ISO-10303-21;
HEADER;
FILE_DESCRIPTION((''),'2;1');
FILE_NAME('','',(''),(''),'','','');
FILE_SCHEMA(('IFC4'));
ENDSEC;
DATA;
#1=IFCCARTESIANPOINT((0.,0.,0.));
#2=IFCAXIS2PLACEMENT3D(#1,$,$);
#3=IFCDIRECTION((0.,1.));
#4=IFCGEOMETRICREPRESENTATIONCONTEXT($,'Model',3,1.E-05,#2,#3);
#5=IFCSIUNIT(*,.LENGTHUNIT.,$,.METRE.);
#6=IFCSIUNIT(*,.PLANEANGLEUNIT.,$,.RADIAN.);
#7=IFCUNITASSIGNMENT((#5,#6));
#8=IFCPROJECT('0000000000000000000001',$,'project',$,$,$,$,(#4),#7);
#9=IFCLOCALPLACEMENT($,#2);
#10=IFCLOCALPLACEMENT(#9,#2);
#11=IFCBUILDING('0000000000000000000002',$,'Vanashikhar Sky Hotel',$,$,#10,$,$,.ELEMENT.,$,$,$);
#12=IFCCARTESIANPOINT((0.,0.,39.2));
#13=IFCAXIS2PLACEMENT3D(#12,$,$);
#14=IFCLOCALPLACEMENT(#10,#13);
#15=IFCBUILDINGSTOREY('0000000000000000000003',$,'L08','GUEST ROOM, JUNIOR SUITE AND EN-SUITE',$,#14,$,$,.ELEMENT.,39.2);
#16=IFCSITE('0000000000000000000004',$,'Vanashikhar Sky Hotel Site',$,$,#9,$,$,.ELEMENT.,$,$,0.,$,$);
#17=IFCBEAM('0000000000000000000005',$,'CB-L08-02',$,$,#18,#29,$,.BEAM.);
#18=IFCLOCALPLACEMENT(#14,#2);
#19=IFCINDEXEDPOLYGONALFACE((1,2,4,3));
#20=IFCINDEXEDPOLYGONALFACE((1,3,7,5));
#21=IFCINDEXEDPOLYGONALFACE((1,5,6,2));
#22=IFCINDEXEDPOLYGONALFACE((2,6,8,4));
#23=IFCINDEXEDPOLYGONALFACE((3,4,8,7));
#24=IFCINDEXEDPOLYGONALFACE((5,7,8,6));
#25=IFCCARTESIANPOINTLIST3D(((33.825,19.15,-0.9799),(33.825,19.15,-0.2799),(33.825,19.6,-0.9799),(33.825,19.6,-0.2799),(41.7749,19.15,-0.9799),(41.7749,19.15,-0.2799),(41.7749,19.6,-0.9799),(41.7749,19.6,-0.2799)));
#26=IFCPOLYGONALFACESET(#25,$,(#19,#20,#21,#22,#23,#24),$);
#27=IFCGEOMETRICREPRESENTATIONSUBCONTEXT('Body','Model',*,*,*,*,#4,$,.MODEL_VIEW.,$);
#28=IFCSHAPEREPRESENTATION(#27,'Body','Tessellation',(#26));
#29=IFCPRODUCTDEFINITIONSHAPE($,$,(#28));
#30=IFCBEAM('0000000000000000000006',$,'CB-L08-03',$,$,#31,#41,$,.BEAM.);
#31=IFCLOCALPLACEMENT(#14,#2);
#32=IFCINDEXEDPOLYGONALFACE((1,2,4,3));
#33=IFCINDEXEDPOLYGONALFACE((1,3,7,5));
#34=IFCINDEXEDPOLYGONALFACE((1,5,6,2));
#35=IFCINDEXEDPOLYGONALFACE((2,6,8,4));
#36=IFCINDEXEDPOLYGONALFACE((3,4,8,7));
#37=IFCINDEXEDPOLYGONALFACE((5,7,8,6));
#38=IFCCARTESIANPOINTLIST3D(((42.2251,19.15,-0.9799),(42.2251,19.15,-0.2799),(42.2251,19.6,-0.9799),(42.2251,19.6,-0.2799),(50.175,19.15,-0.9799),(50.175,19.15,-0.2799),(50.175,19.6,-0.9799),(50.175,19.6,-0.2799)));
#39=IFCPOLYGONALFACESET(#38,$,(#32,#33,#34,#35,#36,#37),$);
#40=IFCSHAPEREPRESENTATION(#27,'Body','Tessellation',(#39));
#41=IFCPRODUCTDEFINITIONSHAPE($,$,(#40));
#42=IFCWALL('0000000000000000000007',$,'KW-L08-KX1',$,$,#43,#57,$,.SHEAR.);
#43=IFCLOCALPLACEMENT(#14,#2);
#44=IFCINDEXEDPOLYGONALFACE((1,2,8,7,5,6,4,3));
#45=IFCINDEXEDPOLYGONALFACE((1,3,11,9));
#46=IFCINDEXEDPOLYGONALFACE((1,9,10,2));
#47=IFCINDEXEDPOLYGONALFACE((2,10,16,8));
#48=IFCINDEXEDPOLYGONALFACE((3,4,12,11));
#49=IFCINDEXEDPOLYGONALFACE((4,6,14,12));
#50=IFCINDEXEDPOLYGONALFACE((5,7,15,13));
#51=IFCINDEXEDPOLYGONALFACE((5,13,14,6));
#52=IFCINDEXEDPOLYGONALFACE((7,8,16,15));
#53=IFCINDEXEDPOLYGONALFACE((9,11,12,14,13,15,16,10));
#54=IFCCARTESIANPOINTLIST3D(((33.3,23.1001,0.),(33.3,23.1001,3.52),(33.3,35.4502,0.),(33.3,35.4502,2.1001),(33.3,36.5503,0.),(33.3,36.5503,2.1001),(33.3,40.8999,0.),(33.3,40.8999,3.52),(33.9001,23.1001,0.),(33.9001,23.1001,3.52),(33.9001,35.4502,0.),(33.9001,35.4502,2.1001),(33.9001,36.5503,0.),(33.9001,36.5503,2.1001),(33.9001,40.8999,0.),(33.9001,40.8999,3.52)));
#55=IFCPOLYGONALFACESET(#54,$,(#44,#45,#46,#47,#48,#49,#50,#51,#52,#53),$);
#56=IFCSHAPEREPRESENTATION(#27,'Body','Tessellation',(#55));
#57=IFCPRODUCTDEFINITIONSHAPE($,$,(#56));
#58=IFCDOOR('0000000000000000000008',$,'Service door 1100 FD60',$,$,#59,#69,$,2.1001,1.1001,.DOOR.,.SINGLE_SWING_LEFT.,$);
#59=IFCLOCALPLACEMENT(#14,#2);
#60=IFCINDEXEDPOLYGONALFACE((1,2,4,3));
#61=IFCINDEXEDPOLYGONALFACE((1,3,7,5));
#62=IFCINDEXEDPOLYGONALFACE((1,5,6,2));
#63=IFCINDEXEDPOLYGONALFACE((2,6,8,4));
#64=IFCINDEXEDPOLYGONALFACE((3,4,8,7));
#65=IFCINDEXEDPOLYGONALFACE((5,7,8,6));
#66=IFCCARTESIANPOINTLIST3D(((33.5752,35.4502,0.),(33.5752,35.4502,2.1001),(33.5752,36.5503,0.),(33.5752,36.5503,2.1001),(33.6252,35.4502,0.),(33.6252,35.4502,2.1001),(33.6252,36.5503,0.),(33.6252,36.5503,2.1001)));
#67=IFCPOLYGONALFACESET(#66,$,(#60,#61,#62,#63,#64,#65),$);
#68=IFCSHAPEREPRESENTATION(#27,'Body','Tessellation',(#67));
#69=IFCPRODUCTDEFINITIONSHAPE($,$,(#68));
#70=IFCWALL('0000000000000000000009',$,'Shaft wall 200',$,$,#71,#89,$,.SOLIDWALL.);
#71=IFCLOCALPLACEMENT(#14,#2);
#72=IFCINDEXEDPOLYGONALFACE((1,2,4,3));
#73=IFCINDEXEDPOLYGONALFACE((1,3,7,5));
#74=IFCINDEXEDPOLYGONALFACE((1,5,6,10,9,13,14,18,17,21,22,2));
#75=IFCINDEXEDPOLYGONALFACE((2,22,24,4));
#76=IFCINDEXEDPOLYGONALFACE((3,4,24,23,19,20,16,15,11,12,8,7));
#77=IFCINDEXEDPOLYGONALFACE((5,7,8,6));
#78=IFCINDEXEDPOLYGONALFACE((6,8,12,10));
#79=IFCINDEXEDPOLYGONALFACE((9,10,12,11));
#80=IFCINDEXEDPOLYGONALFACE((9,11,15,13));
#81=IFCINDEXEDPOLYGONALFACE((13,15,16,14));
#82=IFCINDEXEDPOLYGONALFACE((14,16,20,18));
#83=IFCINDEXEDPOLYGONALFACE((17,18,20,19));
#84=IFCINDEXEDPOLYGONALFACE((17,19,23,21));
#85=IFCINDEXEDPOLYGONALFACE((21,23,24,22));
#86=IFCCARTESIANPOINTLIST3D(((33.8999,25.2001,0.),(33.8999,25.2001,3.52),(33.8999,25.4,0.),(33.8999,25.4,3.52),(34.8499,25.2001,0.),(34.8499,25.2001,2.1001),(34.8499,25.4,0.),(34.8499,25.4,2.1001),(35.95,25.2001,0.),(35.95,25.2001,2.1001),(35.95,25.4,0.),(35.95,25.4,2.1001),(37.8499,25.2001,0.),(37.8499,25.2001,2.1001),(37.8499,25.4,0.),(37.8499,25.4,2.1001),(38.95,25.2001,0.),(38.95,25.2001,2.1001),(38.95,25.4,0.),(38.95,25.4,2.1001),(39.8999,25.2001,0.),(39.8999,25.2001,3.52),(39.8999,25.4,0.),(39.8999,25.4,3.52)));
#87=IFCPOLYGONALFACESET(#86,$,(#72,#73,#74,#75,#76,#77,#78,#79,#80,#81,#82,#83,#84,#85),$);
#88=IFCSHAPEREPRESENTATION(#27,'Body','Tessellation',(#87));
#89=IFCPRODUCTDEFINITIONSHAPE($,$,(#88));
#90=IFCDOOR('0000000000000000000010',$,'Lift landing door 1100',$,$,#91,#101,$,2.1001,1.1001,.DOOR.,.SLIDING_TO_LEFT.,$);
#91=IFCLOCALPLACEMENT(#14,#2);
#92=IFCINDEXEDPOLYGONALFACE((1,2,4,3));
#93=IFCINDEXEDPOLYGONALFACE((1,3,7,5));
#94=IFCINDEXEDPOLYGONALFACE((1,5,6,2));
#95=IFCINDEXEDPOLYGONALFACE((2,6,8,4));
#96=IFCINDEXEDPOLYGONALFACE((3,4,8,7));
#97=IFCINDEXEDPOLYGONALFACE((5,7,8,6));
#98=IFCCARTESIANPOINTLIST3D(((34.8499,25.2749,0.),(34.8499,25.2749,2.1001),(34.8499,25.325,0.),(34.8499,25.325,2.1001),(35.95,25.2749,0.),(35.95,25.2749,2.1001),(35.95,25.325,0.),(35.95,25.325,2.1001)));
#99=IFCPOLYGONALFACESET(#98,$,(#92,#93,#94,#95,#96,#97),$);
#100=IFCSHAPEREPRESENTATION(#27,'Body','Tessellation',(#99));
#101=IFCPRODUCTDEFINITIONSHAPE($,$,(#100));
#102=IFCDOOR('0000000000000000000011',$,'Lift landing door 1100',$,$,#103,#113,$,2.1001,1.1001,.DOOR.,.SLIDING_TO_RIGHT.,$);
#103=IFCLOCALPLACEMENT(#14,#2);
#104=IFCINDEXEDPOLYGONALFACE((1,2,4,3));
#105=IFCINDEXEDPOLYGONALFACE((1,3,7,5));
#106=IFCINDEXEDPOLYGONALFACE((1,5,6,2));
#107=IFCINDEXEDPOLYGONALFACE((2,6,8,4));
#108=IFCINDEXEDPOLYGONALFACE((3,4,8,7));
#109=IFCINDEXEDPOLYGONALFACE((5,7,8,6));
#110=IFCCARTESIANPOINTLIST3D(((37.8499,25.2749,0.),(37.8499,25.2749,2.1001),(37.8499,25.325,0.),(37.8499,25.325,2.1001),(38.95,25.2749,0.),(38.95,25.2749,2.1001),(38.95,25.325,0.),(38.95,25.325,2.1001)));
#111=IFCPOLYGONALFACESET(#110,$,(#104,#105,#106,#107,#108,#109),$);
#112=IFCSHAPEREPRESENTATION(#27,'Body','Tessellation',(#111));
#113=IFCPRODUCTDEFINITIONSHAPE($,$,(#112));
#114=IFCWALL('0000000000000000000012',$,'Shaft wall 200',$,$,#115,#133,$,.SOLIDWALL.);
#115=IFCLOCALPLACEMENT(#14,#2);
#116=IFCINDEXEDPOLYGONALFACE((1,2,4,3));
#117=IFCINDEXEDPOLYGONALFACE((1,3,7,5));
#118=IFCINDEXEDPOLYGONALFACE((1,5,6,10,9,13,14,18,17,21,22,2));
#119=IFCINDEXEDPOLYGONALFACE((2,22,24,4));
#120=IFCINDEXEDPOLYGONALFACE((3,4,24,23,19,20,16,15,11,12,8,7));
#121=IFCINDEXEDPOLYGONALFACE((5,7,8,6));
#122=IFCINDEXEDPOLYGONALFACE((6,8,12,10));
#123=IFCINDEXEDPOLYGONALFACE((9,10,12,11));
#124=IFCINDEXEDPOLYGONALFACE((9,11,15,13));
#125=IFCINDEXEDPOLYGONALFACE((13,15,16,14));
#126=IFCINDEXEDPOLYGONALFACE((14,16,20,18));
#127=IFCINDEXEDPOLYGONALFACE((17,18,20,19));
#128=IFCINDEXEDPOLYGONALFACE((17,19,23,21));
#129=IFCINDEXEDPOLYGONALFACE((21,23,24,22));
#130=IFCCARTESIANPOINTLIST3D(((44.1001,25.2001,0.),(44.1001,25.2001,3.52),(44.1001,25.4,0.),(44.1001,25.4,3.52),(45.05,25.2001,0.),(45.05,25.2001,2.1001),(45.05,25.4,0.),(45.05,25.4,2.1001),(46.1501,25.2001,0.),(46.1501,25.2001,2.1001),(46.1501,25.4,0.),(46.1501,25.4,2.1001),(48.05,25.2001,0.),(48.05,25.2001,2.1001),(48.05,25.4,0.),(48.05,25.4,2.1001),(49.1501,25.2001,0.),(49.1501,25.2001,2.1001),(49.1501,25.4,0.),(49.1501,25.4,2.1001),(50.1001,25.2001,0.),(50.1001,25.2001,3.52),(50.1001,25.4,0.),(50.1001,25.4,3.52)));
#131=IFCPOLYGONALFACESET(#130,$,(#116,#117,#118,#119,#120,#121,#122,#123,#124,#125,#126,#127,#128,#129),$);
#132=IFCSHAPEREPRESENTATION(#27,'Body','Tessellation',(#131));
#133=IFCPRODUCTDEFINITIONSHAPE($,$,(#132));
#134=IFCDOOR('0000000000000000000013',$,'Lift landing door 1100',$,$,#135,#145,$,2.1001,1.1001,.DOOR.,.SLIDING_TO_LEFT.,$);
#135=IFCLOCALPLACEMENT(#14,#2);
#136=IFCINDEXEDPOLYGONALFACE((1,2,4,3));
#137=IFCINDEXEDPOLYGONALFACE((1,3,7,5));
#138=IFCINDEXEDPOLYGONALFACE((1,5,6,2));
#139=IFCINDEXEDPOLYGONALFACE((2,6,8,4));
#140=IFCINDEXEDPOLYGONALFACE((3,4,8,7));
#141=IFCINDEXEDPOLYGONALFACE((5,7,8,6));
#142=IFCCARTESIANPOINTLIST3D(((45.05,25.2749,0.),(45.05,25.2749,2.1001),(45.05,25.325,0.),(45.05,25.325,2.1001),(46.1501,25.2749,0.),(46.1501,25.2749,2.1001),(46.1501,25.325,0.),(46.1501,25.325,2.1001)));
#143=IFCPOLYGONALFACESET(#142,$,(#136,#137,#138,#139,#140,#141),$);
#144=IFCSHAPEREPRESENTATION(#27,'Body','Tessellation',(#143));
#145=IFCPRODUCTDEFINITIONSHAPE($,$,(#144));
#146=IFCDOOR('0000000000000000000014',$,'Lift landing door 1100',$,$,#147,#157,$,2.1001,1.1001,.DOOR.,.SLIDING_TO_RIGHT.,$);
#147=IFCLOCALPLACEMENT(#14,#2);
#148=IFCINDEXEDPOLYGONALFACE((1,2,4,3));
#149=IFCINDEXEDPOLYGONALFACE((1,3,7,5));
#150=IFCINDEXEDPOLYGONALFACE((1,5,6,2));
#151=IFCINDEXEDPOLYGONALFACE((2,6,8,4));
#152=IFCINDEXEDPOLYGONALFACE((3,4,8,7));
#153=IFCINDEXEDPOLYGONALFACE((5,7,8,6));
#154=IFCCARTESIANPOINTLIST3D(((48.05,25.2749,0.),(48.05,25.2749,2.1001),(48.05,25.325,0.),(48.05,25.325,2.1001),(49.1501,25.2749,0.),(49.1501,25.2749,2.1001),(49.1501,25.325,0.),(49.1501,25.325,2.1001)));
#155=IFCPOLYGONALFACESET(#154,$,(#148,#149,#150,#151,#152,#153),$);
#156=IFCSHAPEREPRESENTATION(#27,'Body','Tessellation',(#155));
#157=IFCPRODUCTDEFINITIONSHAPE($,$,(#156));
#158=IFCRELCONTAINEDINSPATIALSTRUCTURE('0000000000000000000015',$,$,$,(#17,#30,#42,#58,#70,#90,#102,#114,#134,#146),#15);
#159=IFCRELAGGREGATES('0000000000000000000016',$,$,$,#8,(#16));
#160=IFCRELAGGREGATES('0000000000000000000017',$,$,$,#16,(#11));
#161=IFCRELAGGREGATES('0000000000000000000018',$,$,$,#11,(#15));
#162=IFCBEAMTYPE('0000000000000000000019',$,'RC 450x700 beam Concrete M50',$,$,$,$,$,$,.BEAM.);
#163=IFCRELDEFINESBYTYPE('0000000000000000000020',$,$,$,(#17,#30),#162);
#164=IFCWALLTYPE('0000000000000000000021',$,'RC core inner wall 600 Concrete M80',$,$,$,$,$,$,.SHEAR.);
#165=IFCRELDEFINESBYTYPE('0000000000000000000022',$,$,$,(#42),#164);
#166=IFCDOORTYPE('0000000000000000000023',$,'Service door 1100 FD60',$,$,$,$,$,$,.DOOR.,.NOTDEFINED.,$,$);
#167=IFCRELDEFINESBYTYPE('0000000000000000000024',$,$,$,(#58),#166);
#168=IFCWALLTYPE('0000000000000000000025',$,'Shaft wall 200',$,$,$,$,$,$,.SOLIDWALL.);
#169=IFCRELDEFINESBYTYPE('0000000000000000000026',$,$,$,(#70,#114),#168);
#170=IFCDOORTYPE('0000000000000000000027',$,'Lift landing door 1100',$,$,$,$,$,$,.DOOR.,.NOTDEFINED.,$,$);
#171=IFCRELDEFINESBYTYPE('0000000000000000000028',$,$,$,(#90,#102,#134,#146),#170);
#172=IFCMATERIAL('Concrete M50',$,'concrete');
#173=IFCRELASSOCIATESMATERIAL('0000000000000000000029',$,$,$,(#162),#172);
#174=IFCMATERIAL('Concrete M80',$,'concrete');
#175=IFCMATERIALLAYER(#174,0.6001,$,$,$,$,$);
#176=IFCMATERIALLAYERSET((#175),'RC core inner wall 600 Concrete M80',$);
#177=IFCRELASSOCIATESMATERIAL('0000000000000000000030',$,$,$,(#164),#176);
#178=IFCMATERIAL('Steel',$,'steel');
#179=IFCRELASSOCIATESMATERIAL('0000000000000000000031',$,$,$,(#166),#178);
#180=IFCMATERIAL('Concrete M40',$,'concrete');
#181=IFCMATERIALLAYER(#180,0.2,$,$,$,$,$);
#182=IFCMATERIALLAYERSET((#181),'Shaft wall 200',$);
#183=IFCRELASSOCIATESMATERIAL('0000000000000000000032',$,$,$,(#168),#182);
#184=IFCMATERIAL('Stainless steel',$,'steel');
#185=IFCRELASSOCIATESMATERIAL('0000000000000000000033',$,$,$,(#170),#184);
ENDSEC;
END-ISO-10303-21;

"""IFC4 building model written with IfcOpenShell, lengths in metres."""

from ifc_helpers import new_model, si_unit, direction, frame, frame_2d, origin, origin_2d, place, context, subcontext, project, spatial, rectangle, extrude, source, transform, mapped, material, layer, layer_set, material_profile, profile_set, type_object, element, fill, save


model = new_model("IFC4")

# Units and contexts
model_context = context("Model", 3, precision=1e-05, world=origin(), true_north=direction((0.0, 1.0)))
body_context = subcontext(model_context, "Body", "Model", "MODEL_VIEW")
ifc_project = project(units=[si_unit("LENGTHUNIT", "METRE"), si_unit("PLANEANGLEUNIT", "RADIAN")], contexts=[model_context])

# Site, building, storey
site_placement = place(None, origin())
site = spatial("IfcSite", under=ifc_project, at=site_placement, Name="Vanashikhar Sky Hotel Site", CompositionType="ELEMENT", RefElevation=0.0)
building_placement = place(site_placement, origin())
building = spatial("IfcBuilding", under=site, at=building_placement, Name="Vanashikhar Sky Hotel", CompositionType="ELEMENT")
storey_placement = place(building_placement, frame((0.0, 0.0, 39.2)))
storey = spatial("IfcBuildingStorey", under=building, at=storey_placement, Name="L08", Description="GUEST ROOM, JUNIOR SUITE AND EN-SUITE", CompositionType="ELEMENT", Elevation=39.2)

# Beams
ifc_material_1 = material(Name="Concrete M50", Category="concrete")
ifc_material_profile = material_profile(ifc_material_1, rectangle(XDim=0.45, YDim=0.7, at=origin_2d()))
ifc_profile_set = profile_set([ifc_material_profile], Name="RC 450x700 beam Concrete M50")
beam_type = type_object("IfcBeamType", Name="RC 450x700 beam Concrete M50", PredefinedType="BEAM", material=ifc_profile_set)
shared_shape_1 = source(origin(), body_context, "Body", "SweptSolid", [
    extrude(rectangle(XDim=0.45, YDim=0.7, at=origin_2d()), origin(), (0.0, 0.0, 1.0), 7.95),
])
for number, where, z_axis, x_axis, name in (
    (1, (33.825, 19.375, -0.6299), (1.0, 0.0, 0.0), (0.0, 1.0, 0.0), "CB-L08-02"),
    (2, (42.2251, 19.375, -0.6299), (1.0, 0.0, 0.0), (0.0, 1.0, 0.0), "CB-L08-03"),
):
    element("IfcBeam", number, at=place(storey_placement, frame(where, z_axis=z_axis, x_axis=x_axis)), inside=storey, type_object=beam_type, Name=name, PredefinedType="BEAM", context=body_context, shape_type="MappedRepresentation", body=[
        mapped(shared_shape_1, transform((0.0, 0.0, 0.0), scale=1.0)),
    ])

# Wall, opening, door
ifc_material_2 = material(Name="Concrete M80", Category="concrete")
ifc_layer_1 = layer(ifc_material_2, 0.6001)
ifc_layer_set_1 = layer_set([ifc_layer_1], Name="RC core inner wall 600 Concrete M80")
wall_type_1 = type_object("IfcWallType", Name="RC core inner wall 600 Concrete M80", PredefinedType="SHEAR", material=ifc_layer_set_1)
shared_shape_2 = source(origin(), body_context, "Body", "SweptSolid", [
    extrude(rectangle(XDim=17.7998, YDim=0.6001, at=frame_2d((8.8999, 0.0))), origin(), (0.0, 0.0, 1.0), 3.52),
])
wall_1_placement = place(storey_placement, frame((33.6001, 23.1001, 0.0), z_axis=(0.0, 0.0, 1.0), x_axis=(0.0, 1.0, 0.0)))
wall_1 = element("IfcWall", 3, at=wall_1_placement, inside=storey, type_object=wall_type_1, Name="KW-L08-KX1", PredefinedType="SHEAR", context=body_context, shape_type="MappedRepresentation", body=[
    mapped(shared_shape_2, transform((0.0, 0.0, 0.0), scale=1.0)),
])
shared_shape_3 = source(origin(), body_context, "Body", "SweptSolid", [
    extrude(rectangle(XDim=1.1001, YDim=2.1001, at=frame_2d((0.55, 1.05))), frame((0.0, 0.3101, 0.0), z_axis=(0.0, -1.0, 0.0), x_axis=(1.0, 0.0, 0.0)), (0.0, 0.0, 1.0), 0.6201),
])
opening_1_placement = place(wall_1_placement, frame((12.3501, 0.0, 0.0)))
opening_1 = element("IfcOpeningElement", 4, at=opening_1_placement, cuts=wall_1, PredefinedType="OPENING", context=body_context, shape_type="MappedRepresentation", body=[
    mapped(shared_shape_3, transform((0.0, 0.0, 0.0), scale=1.0)),
])
ifc_material_3 = material(Name="Steel", Category="steel")
door_type_1 = type_object("IfcDoorType", Name="Service door 1100 FD60", OperationType="NOTDEFINED", PredefinedType="DOOR", material=ifc_material_3)
shared_shape_4 = source(origin(), body_context, "Body", "SweptSolid", [
    extrude(rectangle(XDim=1.1001, YDim=2.1001, at=frame_2d((0.55, 1.05))), frame((0.0, 0.0249, 0.0), z_axis=(0.0, -1.0, 0.0), x_axis=(1.0, 0.0, 0.0)), (0.0, 0.0, 1.0), 0.05),
])
door_1_placement = place(opening_1_placement, origin())
door_1 = element("IfcDoor", 5, at=door_1_placement, inside=storey, type_object=door_type_1, Name="Service door 1100 FD60", OperationType="SINGLE_SWING_LEFT", OverallHeight=2.1001, OverallWidth=1.1001, PredefinedType="DOOR", context=body_context, shape_type="MappedRepresentation", body=[
    mapped(shared_shape_4, transform((0.0, 0.0, 0.0), scale=1.0)),
])
fill(opening_1, door_1)

# Walls, openings, doors
ifc_material_4 = material(Name="Concrete M40", Category="concrete")
ifc_layer_2 = layer(ifc_material_4, 0.2)
ifc_layer_set_2 = layer_set([ifc_layer_2], Name="Shaft wall 200")
wall_type_2 = type_object("IfcWallType", Name="Shaft wall 200", PredefinedType="SOLIDWALL", material=ifc_layer_set_2)
shared_shape_5 = source(origin(), body_context, "Body", "SweptSolid", [
    extrude(rectangle(XDim=6.0, YDim=0.2, at=frame_2d((3.0, 0.0))), origin(), (0.0, 0.0, 1.0), 3.52),
])
wall_2_placement = place(storey_placement, frame((33.8999, 25.3, 0.0), z_axis=(0.0, 0.0, 1.0), x_axis=(1.0, 0.0, 0.0)))
wall_2 = element("IfcWall", 6, at=wall_2_placement, inside=storey, type_object=wall_type_2, Name="Shaft wall 200", PredefinedType="SOLIDWALL", context=body_context, shape_type="MappedRepresentation", body=[
    mapped(shared_shape_5, transform((0.0, 0.0, 0.0), scale=1.0)),
])
shared_shape_6 = source(origin(), body_context, "Body", "SweptSolid", [
    extrude(rectangle(XDim=1.1001, YDim=2.1001, at=frame_2d((0.55, 1.05))), frame((0.0, 0.1099, 0.0), z_axis=(0.0, -1.0, 0.0), x_axis=(1.0, 0.0, 0.0)), (0.0, 0.0, 1.0), 0.22),
])
opening_2_placement = place(wall_2_placement, frame((0.95, 0.0, 0.0)))
opening_2 = element("IfcOpeningElement", 7, at=opening_2_placement, cuts=wall_2, PredefinedType="OPENING", context=body_context, shape_type="MappedRepresentation", body=[
    mapped(shared_shape_6, transform((0.0, 0.0, 0.0), scale=1.0)),
])
opening_3_placement = place(wall_2_placement, frame((3.95, 0.0, 0.0)))
opening_3 = element("IfcOpeningElement", 8, at=opening_3_placement, cuts=wall_2, PredefinedType="OPENING", context=body_context, shape_type="MappedRepresentation", body=[
    mapped(shared_shape_6, transform((0.0, 0.0, 0.0), scale=1.0)),
])
ifc_material_5 = material(Name="Stainless steel", Category="steel")
door_type_2 = type_object("IfcDoorType", Name="Lift landing door 1100", OperationType="NOTDEFINED", PredefinedType="DOOR", material=ifc_material_5)
door_2_placement = place(opening_2_placement, origin())
door_2 = element("IfcDoor", 9, at=door_2_placement, inside=storey, type_object=door_type_2, Name="Lift landing door 1100", OperationType="SLIDING_TO_LEFT", OverallHeight=2.1001, OverallWidth=1.1001, PredefinedType="DOOR", context=body_context, shape_type="MappedRepresentation", body=[
    mapped(shared_shape_4, transform((0.0, 0.0, 0.0), scale=1.0)),
])
fill(opening_2, door_2)
door_3_placement = place(opening_3_placement, origin())
door_3 = element("IfcDoor", 10, at=door_3_placement, inside=storey, type_object=door_type_2, Name="Lift landing door 1100", OperationType="SLIDING_TO_RIGHT", OverallHeight=2.1001, OverallWidth=1.1001, PredefinedType="DOOR", context=body_context, shape_type="MappedRepresentation", body=[
    mapped(shared_shape_4, transform((0.0, 0.0, 0.0), scale=1.0)),
])
fill(opening_3, door_3)
wall_3_placement = place(storey_placement, frame((44.1001, 25.3, 0.0), z_axis=(0.0, 0.0, 1.0), x_axis=(1.0, 0.0, 0.0)))
wall_3 = element("IfcWall", 11, at=wall_3_placement, inside=storey, type_object=wall_type_2, Name="Shaft wall 200", PredefinedType="SOLIDWALL", context=body_context, shape_type="MappedRepresentation", body=[
    mapped(shared_shape_5, transform((0.0, 0.0, 0.0), scale=1.0)),
])
opening_4_placement = place(wall_3_placement, frame((0.95, 0.0, 0.0)))
opening_4 = element("IfcOpeningElement", 12, at=opening_4_placement, cuts=wall_3, PredefinedType="OPENING", context=body_context, shape_type="MappedRepresentation", body=[
    mapped(shared_shape_6, transform((0.0, 0.0, 0.0), scale=1.0)),
])
opening_5_placement = place(wall_3_placement, frame((3.95, 0.0, 0.0)))
opening_5 = element("IfcOpeningElement", 13, at=opening_5_placement, cuts=wall_3, PredefinedType="OPENING", context=body_context, shape_type="MappedRepresentation", body=[
    mapped(shared_shape_6, transform((0.0, 0.0, 0.0), scale=1.0)),
])
door_4_placement = place(opening_4_placement, origin())
door_4 = element("IfcDoor", 14, at=door_4_placement, inside=storey, type_object=door_type_2, Name="Lift landing door 1100", OperationType="SLIDING_TO_LEFT", OverallHeight=2.1001, OverallWidth=1.1001, PredefinedType="DOOR", context=body_context, shape_type="MappedRepresentation", body=[
    mapped(shared_shape_4, transform((0.0, 0.0, 0.0), scale=1.0)),
])
fill(opening_4, door_4)
door_5_placement = place(opening_5_placement, origin())
door_5 = element("IfcDoor", 15, at=door_5_placement, inside=storey, type_object=door_type_2, Name="Lift landing door 1100", OperationType="SLIDING_TO_RIGHT", OverallHeight=2.1001, OverallWidth=1.1001, PredefinedType="DOOR", context=body_context, shape_type="MappedRepresentation", body=[
    mapped(shared_shape_4, transform((0.0, 0.0, 0.0), scale=1.0)),
])
fill(opening_5, door_5)

save(model, "model.ifc")
